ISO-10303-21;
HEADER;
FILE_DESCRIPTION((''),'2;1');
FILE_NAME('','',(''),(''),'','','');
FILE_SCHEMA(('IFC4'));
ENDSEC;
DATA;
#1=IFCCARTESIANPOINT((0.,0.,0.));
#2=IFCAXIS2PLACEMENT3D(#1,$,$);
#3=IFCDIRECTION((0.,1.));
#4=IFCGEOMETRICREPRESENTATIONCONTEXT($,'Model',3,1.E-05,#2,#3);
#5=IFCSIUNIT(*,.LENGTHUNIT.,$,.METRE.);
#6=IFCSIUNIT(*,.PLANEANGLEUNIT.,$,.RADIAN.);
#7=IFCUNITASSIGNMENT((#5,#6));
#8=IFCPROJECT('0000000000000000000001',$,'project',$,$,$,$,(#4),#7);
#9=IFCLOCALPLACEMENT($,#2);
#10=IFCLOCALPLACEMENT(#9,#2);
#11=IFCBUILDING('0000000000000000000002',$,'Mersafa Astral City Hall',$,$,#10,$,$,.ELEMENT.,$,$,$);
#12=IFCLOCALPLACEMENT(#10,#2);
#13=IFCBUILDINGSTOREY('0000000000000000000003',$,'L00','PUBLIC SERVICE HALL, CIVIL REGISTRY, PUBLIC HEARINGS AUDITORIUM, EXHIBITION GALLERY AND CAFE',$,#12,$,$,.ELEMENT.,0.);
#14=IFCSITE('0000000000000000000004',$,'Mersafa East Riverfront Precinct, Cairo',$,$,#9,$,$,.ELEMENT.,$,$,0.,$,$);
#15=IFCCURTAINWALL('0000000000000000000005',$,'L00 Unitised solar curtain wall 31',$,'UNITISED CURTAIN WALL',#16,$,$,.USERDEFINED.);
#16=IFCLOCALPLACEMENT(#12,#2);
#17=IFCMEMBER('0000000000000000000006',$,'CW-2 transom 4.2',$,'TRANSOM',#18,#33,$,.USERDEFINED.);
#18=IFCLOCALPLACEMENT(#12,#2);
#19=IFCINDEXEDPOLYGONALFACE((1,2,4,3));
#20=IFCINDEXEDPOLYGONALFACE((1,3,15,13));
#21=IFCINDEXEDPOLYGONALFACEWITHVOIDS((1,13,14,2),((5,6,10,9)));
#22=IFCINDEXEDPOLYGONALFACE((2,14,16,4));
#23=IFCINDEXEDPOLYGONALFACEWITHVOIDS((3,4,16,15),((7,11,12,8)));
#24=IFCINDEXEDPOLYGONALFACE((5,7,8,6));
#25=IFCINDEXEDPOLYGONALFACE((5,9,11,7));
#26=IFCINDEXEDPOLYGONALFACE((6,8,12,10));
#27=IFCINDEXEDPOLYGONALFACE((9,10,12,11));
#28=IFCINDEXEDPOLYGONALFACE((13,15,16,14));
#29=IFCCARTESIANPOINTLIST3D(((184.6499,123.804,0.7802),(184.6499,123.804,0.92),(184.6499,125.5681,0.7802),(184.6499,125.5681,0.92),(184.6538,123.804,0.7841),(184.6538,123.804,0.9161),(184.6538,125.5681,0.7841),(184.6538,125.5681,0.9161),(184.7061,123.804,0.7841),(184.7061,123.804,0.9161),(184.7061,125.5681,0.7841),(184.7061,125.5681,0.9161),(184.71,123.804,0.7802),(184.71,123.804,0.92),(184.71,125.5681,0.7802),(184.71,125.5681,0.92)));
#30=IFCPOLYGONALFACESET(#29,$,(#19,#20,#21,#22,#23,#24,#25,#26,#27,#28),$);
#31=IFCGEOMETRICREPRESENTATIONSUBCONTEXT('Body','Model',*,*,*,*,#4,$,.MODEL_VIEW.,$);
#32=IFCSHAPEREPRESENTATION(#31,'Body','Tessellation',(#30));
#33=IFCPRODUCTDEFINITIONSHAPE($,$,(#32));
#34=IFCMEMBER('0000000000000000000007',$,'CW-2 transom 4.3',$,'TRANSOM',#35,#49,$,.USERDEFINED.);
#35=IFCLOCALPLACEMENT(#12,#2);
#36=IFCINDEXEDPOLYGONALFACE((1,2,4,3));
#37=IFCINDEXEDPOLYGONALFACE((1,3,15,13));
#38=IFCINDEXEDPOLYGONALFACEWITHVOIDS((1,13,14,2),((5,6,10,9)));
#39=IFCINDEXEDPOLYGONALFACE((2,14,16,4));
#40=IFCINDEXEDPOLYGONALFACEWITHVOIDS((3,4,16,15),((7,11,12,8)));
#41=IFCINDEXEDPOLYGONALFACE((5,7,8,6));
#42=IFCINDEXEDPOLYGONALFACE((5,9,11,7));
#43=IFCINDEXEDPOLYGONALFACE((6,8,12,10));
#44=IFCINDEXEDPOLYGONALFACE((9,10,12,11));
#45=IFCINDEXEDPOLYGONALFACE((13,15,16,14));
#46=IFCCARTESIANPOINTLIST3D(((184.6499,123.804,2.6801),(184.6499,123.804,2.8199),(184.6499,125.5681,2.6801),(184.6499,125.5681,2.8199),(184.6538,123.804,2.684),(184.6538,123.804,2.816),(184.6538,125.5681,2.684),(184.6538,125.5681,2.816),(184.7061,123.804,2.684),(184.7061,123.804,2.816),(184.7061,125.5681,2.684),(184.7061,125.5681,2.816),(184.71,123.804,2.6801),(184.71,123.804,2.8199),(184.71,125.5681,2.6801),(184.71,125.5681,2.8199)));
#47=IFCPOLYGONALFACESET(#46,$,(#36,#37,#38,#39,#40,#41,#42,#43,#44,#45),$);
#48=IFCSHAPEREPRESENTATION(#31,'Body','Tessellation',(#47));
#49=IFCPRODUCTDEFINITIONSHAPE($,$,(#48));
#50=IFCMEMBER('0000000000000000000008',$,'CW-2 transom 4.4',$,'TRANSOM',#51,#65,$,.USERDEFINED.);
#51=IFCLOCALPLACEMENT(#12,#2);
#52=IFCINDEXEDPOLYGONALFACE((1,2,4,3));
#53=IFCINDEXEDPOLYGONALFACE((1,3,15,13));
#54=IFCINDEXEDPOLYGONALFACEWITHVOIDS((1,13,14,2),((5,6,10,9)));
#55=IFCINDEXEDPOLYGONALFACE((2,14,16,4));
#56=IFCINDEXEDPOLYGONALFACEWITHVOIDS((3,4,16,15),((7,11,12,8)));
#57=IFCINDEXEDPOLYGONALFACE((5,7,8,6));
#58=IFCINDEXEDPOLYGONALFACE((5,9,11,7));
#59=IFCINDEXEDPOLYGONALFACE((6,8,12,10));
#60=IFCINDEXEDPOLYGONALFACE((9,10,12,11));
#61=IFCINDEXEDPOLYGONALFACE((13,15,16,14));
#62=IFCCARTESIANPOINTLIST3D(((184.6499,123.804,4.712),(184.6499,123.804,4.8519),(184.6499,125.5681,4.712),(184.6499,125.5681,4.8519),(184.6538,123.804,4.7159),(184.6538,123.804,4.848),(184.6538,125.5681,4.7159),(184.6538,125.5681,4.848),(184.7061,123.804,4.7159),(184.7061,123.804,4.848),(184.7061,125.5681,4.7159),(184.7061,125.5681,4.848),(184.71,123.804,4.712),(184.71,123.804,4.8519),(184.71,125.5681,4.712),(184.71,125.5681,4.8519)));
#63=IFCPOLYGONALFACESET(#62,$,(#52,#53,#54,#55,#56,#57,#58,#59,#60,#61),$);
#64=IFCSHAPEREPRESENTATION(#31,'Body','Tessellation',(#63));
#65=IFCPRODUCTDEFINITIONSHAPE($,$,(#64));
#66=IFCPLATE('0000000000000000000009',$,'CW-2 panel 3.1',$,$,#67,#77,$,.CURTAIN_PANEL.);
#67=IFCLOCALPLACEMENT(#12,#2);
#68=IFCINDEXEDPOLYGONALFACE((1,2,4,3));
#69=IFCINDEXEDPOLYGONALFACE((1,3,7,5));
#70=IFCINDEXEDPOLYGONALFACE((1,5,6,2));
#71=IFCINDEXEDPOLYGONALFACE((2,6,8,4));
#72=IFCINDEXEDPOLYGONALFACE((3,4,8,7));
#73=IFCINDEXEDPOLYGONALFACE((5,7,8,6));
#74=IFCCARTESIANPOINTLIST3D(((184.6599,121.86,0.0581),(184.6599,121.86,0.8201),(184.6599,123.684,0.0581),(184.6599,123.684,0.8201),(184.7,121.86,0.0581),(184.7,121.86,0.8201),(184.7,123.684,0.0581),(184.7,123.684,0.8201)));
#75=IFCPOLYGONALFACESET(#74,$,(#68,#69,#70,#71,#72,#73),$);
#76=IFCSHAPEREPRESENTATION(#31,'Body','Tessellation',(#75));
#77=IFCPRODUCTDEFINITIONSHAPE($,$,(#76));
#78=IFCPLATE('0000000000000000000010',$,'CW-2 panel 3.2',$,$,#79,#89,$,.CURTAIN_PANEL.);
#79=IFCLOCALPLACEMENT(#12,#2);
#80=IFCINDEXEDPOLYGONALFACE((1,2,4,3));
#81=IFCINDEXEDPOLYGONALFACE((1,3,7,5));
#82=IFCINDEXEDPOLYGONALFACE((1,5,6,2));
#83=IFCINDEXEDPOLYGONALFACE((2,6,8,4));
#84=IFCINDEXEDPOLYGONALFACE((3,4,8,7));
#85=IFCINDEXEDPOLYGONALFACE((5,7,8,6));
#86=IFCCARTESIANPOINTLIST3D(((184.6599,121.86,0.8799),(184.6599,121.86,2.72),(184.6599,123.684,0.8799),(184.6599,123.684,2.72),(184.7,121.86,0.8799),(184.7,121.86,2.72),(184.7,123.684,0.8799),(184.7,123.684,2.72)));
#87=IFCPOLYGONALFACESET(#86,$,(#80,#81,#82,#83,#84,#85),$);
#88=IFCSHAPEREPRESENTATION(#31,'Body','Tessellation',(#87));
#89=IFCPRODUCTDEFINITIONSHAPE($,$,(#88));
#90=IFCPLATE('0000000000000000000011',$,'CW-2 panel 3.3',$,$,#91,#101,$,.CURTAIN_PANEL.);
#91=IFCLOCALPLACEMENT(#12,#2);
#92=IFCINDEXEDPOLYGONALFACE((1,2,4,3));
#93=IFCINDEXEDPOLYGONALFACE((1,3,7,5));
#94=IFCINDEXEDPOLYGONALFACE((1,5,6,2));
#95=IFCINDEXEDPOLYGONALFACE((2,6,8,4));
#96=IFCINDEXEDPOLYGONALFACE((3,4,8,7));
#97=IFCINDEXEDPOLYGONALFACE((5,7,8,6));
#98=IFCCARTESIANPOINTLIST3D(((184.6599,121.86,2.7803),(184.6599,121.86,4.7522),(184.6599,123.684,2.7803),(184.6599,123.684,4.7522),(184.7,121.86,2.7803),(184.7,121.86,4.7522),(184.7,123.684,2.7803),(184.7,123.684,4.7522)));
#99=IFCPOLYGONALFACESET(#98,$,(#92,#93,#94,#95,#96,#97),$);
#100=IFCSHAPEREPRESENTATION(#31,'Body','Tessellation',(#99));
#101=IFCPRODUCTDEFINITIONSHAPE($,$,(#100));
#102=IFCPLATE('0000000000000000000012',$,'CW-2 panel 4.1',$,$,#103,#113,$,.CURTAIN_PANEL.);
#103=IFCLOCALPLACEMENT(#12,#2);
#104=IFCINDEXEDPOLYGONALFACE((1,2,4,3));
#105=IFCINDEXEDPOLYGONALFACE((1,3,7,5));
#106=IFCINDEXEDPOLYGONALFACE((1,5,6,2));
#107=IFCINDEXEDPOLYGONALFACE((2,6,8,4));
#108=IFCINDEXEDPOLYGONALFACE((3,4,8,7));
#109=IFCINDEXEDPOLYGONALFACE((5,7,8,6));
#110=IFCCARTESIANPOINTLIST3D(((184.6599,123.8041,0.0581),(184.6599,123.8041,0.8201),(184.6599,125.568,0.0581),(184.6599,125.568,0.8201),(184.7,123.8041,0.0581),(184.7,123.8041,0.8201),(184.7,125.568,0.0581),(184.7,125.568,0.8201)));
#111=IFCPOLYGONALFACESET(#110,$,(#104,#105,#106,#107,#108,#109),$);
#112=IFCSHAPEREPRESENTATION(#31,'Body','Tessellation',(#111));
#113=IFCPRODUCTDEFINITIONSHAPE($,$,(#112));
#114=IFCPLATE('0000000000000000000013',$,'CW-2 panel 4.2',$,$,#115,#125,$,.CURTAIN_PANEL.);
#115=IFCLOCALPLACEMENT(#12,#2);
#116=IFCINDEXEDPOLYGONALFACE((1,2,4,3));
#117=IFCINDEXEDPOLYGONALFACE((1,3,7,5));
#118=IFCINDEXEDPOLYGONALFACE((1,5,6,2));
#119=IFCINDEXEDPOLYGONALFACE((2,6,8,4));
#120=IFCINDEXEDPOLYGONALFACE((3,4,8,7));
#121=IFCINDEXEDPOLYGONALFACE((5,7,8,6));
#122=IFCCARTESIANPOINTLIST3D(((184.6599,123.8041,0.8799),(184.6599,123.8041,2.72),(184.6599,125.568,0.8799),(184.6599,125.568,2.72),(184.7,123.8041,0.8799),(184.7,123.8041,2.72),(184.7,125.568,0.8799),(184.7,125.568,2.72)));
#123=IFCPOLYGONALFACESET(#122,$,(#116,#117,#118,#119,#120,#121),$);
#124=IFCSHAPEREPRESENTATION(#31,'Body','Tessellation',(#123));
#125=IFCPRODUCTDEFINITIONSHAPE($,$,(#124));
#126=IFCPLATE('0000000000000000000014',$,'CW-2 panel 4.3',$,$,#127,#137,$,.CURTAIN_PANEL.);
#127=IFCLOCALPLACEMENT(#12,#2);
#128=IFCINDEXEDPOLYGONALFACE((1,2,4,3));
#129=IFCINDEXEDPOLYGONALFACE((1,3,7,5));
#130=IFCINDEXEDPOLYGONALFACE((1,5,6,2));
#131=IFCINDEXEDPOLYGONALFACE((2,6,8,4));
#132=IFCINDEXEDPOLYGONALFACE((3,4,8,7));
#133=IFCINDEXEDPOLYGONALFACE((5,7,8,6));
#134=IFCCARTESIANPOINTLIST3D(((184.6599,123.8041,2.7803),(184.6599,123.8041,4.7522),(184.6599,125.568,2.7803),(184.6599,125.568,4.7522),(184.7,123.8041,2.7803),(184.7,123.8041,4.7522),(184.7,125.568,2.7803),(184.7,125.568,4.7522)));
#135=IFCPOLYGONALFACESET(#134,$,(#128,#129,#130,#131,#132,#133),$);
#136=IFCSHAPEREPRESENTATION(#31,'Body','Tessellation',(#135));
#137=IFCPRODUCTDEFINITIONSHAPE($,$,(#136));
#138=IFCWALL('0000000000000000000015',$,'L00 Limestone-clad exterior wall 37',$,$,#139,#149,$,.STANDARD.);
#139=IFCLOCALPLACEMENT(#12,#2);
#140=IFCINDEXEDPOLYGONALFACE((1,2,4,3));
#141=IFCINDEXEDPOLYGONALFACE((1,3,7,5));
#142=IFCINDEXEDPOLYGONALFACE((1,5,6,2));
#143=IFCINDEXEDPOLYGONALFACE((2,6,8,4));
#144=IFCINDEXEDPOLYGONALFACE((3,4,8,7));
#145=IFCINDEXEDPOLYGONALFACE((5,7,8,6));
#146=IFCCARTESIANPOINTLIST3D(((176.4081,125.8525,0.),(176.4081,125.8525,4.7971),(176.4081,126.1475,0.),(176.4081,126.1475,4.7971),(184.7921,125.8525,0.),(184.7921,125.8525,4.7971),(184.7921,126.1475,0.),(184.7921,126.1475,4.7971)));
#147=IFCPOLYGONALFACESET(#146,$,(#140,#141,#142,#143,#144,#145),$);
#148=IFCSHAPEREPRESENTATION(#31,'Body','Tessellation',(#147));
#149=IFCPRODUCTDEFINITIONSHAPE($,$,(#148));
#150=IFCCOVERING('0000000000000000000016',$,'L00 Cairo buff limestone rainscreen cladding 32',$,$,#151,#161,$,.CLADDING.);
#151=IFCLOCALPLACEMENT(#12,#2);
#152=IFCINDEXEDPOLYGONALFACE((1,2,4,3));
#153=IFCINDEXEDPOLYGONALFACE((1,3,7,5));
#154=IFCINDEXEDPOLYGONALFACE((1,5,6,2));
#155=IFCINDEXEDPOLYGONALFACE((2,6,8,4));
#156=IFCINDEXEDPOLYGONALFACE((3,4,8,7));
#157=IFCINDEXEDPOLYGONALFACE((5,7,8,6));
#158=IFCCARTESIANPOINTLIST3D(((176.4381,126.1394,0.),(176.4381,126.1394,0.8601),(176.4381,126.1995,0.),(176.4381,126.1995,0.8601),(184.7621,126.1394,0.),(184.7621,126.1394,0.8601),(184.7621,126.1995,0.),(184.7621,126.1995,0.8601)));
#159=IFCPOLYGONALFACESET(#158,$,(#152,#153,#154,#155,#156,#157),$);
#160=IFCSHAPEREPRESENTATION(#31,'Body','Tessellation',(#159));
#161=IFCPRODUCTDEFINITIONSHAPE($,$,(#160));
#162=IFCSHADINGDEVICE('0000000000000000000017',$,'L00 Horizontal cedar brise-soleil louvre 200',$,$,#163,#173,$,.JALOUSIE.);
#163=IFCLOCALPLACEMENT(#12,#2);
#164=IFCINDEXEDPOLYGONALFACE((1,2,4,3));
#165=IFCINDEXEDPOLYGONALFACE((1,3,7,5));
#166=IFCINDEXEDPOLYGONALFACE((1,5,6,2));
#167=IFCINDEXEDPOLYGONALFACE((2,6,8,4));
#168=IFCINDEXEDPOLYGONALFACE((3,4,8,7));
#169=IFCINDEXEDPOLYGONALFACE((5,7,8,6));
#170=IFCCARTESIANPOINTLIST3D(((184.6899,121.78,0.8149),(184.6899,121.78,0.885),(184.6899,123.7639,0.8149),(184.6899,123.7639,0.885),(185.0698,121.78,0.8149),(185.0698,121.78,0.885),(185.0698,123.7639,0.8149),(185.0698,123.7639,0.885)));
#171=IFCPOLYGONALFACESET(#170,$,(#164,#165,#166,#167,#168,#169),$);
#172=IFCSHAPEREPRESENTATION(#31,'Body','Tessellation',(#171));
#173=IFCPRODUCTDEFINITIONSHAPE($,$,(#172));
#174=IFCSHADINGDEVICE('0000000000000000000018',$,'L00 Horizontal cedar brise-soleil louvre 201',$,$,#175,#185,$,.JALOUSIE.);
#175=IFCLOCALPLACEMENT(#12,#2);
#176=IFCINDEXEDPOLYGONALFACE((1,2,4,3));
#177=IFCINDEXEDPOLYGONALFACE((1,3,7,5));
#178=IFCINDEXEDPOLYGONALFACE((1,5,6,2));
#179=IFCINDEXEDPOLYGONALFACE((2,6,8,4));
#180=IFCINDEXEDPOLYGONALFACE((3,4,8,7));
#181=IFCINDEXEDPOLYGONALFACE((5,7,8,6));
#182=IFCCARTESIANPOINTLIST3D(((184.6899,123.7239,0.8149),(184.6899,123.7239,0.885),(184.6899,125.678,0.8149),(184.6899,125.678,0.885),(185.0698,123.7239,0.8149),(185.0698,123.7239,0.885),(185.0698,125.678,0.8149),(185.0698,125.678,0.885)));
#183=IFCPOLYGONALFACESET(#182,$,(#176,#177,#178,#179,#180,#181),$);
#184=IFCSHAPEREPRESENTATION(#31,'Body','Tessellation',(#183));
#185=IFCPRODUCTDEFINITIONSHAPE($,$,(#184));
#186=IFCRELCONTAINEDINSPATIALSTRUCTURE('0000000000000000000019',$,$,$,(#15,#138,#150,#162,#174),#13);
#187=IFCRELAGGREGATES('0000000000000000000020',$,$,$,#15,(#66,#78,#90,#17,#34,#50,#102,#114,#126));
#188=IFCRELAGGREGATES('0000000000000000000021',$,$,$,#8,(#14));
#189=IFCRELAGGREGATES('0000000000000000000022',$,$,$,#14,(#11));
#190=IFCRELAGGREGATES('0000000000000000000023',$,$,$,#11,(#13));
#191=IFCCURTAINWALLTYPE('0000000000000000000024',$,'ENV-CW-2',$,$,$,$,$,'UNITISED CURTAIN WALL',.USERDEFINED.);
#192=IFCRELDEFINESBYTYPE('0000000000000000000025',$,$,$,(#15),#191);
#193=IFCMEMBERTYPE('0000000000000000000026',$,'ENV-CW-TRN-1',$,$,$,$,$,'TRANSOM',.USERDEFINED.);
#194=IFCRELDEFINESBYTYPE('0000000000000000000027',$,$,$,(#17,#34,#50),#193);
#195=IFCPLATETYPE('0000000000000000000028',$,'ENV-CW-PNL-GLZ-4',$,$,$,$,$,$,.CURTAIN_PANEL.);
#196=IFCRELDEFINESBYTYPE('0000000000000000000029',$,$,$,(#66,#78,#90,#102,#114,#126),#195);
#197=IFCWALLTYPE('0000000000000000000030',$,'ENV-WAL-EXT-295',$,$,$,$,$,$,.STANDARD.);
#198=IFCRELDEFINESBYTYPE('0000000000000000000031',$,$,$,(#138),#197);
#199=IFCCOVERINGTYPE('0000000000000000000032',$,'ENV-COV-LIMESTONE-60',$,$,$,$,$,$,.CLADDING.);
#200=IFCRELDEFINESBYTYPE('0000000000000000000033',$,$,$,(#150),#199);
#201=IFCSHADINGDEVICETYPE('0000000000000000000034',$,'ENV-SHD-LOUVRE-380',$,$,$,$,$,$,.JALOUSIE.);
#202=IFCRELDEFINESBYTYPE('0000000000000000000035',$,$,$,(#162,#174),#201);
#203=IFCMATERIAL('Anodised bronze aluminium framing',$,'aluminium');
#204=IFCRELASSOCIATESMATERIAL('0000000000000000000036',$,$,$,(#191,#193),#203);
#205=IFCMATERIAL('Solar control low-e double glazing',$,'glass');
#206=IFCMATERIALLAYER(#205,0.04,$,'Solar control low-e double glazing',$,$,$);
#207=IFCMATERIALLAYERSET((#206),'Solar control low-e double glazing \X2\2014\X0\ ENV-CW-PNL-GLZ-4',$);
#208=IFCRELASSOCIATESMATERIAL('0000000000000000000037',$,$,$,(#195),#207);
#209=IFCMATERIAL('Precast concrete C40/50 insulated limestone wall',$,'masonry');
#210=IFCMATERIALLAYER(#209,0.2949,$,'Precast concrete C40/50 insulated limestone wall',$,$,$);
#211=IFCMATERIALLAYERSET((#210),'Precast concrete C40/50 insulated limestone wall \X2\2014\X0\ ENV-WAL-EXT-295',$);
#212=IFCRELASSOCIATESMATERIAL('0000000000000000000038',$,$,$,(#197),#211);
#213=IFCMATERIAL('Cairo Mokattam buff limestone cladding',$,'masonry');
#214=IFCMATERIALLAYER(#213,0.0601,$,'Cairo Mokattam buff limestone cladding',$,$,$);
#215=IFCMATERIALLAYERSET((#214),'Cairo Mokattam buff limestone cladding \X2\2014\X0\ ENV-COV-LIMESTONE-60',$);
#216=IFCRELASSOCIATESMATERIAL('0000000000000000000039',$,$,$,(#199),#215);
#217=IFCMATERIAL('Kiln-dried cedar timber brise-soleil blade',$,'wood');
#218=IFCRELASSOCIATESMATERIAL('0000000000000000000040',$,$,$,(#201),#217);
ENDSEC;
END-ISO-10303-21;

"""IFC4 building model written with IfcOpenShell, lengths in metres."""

from ifc_helpers import new_model, si_unit, direction, frame, frame_2d, origin, origin_2d, place, context, subcontext, project, spatial, rectangle, hollow_rectangle, extrude, material, layer, layer_set, material_profile, profile_set, type_object, element, aggregate, save


model = new_model("IFC4")

# Units and contexts
model_context = context("Model", 3, precision=1e-05, world=origin(), true_north=direction((0.0, 1.0)))
body_context = subcontext(model_context, "Body", "Model", "MODEL_VIEW")
ifc_project = project(units=[si_unit("LENGTHUNIT", "METRE"), si_unit("PLANEANGLEUNIT", "RADIAN")], contexts=[model_context])

# Site, building, storey
site_placement = place(None, origin())
site = spatial("IfcSite", under=ifc_project, at=site_placement, Name="Mersafa East Riverfront Precinct, Cairo", CompositionType="ELEMENT", RefElevation=0.0)
building_placement = place(site_placement, origin())
building = spatial("IfcBuilding", under=site, at=building_placement, Name="Mersafa Astral City Hall", CompositionType="ELEMENT")
storey_placement = place(building_placement, origin())
storey = spatial("IfcBuildingStorey", under=building, at=storey_placement, Name="L00", Description="PUBLIC SERVICE HALL, CIVIL REGISTRY, PUBLIC HEARINGS AUDITORIUM, EXHIBITION GALLERY AND CAFE", CompositionType="ELEMENT", Elevation=0.0)

# Curtain wall, members, plates
ifc_material_1 = material(Name="Anodised bronze aluminium framing", Category="aluminium")
curtain_wall_type = type_object("IfcCurtainWallType", Name="ENV-CW-2", ElementType="UNITISED CURTAIN WALL", PredefinedType="USERDEFINED", material=ifc_material_1)
curtain_wall_placement = place(storey_placement, origin())
curtain_wall = element("IfcCurtainWall", 1, at=curtain_wall_placement, inside=storey, type_object=curtain_wall_type, Name="L00 Unitised solar curtain wall 31", ObjectType="UNITISED CURTAIN WALL", PredefinedType="USERDEFINED")
ifc_material_profile_1 = material_profile(ifc_material_1, hollow_rectangle(XDim=0.0601, YDim=0.1399, WallThickness=0.0039, at=origin_2d()), Name="RHS 60x140x4")
ifc_profile_set_1 = profile_set([ifc_material_profile_1], Name="Anodised bronze aluminium framing")
member_type_1 = type_object("IfcMemberType", Name="ENV-CW-TRN-1", ElementType="TRANSOM", PredefinedType="USERDEFINED", material=ifc_profile_set_1)
member_1_placement = place(storey_placement, frame((184.6799, 123.804, 0.8501), z_axis=(0.0, 1.0, 0.0), x_axis=(-1.0, 0.0, 0.0)))
member_1 = element("IfcMember", 2, at=member_1_placement, type_object=member_type_1, Name="CW-2 transom 4.2", ObjectType="TRANSOM", PredefinedType="USERDEFINED", context=body_context, shape_type="SweptSolid", body=[
    extrude(hollow_rectangle(XDim=0.0601, YDim=0.1399, WallThickness=0.0039, at=origin_2d()), origin(), (0.0, 0.0, 1.0), 1.7642),
])
member_2_placement = place(storey_placement, frame((184.6799, 123.804, 2.75), z_axis=(0.0, 1.0, 0.0), x_axis=(-1.0, 0.0, 0.0)))
member_2 = element("IfcMember", 3, at=member_2_placement, type_object=member_type_1, Name="CW-2 transom 4.3", ObjectType="TRANSOM", PredefinedType="USERDEFINED", context=body_context, shape_type="SweptSolid", body=[
    extrude(hollow_rectangle(XDim=0.0601, YDim=0.1399, WallThickness=0.0039, at=origin_2d()), origin(), (0.0, 0.0, 1.0), 1.7642),
])
member_3_placement = place(storey_placement, frame((184.6799, 123.804, 4.782), z_axis=(0.0, 1.0, 0.0), x_axis=(-1.0, 0.0, 0.0)))
member_3 = element("IfcMember", 4, at=member_3_placement, type_object=member_type_1, Name="CW-2 transom 4.4", ObjectType="TRANSOM", PredefinedType="USERDEFINED", context=body_context, shape_type="SweptSolid", body=[
    extrude(hollow_rectangle(XDim=0.0601, YDim=0.1399, WallThickness=0.0039, at=origin_2d()), origin(), (0.0, 0.0, 1.0), 1.7642),
])
ifc_material_2 = material(Name="Solar control low-e double glazing", Category="glass")
ifc_layer_1 = layer(ifc_material_2, 0.04, Name="Solar control low-e double glazing")
ifc_layer_set_1 = layer_set([ifc_layer_1], Name="Solar control low-e double glazing — ENV-CW-PNL-GLZ-4")
plate_type = type_object("IfcPlateType", Name="ENV-CW-PNL-GLZ-4", PredefinedType="CURTAIN_PANEL", material=ifc_layer_set_1)
plate_1_placement = place(storey_placement, frame((184.6799, 122.772, 0.0581), z_axis=(0.0, 0.0, 1.0), x_axis=(0.0, 1.0, 0.0)))
plate_1 = element("IfcPlate", 5, at=plate_1_placement, type_object=plate_type, Name="CW-2 panel 3.1", PredefinedType="CURTAIN_PANEL", context=body_context, shape_type="SweptSolid", body=[
    extrude(rectangle(XDim=1.824, YDim=0.04, at=origin_2d()), origin(), (0.0, 0.0, 1.0), 0.762),
])
plate_2_placement = place(storey_placement, frame((184.6799, 122.772, 0.8799), z_axis=(0.0, 0.0, 1.0), x_axis=(0.0, 1.0, 0.0)))
plate_2 = element("IfcPlate", 6, at=plate_2_placement, type_object=plate_type, Name="CW-2 panel 3.2", PredefinedType="CURTAIN_PANEL", context=body_context, shape_type="SweptSolid", body=[
    extrude(rectangle(XDim=1.824, YDim=0.04, at=origin_2d()), origin(), (0.0, 0.0, 1.0), 1.8401),
])
plate_3_placement = place(storey_placement, frame((184.6799, 122.772, 2.7803), z_axis=(0.0, 0.0, 1.0), x_axis=(0.0, 1.0, 0.0)))
plate_3 = element("IfcPlate", 7, at=plate_3_placement, type_object=plate_type, Name="CW-2 panel 3.3", PredefinedType="CURTAIN_PANEL", context=body_context, shape_type="SweptSolid", body=[
    extrude(rectangle(XDim=1.824, YDim=0.04, at=origin_2d()), origin(), (0.0, 0.0, 1.0), 1.9719),
])
plate_4_placement = place(storey_placement, frame((184.6799, 124.686, 0.0581), z_axis=(0.0, 0.0, 1.0), x_axis=(0.0, 1.0, 0.0)))
plate_4 = element("IfcPlate", 8, at=plate_4_placement, type_object=plate_type, Name="CW-2 panel 4.1", PredefinedType="CURTAIN_PANEL", context=body_context, shape_type="SweptSolid", body=[
    extrude(rectangle(XDim=1.7639, YDim=0.04, at=origin_2d()), origin(), (0.0, 0.0, 1.0), 0.762),
])
plate_5_placement = place(storey_placement, frame((184.6799, 124.686, 0.8799), z_axis=(0.0, 0.0, 1.0), x_axis=(0.0, 1.0, 0.0)))
plate_5 = element("IfcPlate", 9, at=plate_5_placement, type_object=plate_type, Name="CW-2 panel 4.2", PredefinedType="CURTAIN_PANEL", context=body_context, shape_type="SweptSolid", body=[
    extrude(rectangle(XDim=1.7639, YDim=0.04, at=origin_2d()), origin(), (0.0, 0.0, 1.0), 1.8401),
])
plate_6_placement = place(storey_placement, frame((184.6799, 124.686, 2.7803), z_axis=(0.0, 0.0, 1.0), x_axis=(0.0, 1.0, 0.0)))
plate_6 = element("IfcPlate", 10, at=plate_6_placement, type_object=plate_type, Name="CW-2 panel 4.3", PredefinedType="CURTAIN_PANEL", context=body_context, shape_type="SweptSolid", body=[
    extrude(rectangle(XDim=1.7639, YDim=0.04, at=origin_2d()), origin(), (0.0, 0.0, 1.0), 1.9719),
])
aggregate(curtain_wall, [plate_1, plate_2, plate_3, member_1, member_2, member_3, plate_4, plate_5, plate_6])

# Wall
ifc_material_3 = material(Name="Precast concrete C40/50 insulated limestone wall", Category="masonry")
ifc_layer_2 = layer(ifc_material_3, 0.2949, Name="Precast concrete C40/50 insulated limestone wall")
ifc_layer_set_2 = layer_set([ifc_layer_2], Name="Precast concrete C40/50 insulated limestone wall — ENV-WAL-EXT-295")
wall_type = type_object("IfcWallType", Name="ENV-WAL-EXT-295", PredefinedType="STANDARD", material=ifc_layer_set_2)
wall_placement = place(storey_placement, frame((184.792, 126.0, 0.0), z_axis=(0.0, 0.0, 1.0), x_axis=(-1.0, 0.0, 0.0)))
element("IfcWall", 11, at=wall_placement, inside=storey, type_object=wall_type, Name="L00 Limestone-clad exterior wall 37", PredefinedType="STANDARD", context=body_context, shape_type="SweptSolid", body=[
    extrude(rectangle(XDim=8.384, YDim=0.2949, at=frame_2d((4.1919, 0.0))), origin(), (0.0, 0.0, 1.0), 4.7971),
])

# Covering
ifc_material_4 = material(Name="Cairo Mokattam buff limestone cladding", Category="masonry")
ifc_layer_3 = layer(ifc_material_4, 0.0601, Name="Cairo Mokattam buff limestone cladding")
ifc_layer_set_3 = layer_set([ifc_layer_3], Name="Cairo Mokattam buff limestone cladding — ENV-COV-LIMESTONE-60")
covering_type = type_object("IfcCoveringType", Name="ENV-COV-LIMESTONE-60", PredefinedType="CLADDING", material=ifc_layer_set_3)
covering_placement = place(storey_placement, frame((180.6001, 126.1694, 0.0), z_axis=(0.0, 0.0, 1.0), x_axis=(-1.0, 0.0, 0.0)))
element("IfcCovering", 12, at=covering_placement, inside=storey, type_object=covering_type, Name="L00 Cairo buff limestone rainscreen cladding 32", PredefinedType="CLADDING", context=body_context, shape_type="SweptSolid", body=[
    extrude(rectangle(XDim=8.324, YDim=0.0601, at=origin_2d()), origin(), (0.0, 0.0, 1.0), 0.8601),
])

# Shading devices
ifc_material_5 = material(Name="Kiln-dried cedar timber brise-soleil blade", Category="wood")
shading_device_type = type_object("IfcShadingDeviceType", Name="ENV-SHD-LOUVRE-380", PredefinedType="JALOUSIE", material=ifc_material_5)
shading_device_1_placement = place(storey_placement, frame((184.8799, 122.772, 0.8149), z_axis=(0.0, 0.0, 1.0), x_axis=(0.0, 1.0, 0.0)))
element("IfcShadingDevice", 13, at=shading_device_1_placement, inside=storey, type_object=shading_device_type, Name="L00 Horizontal cedar brise-soleil louvre 200", PredefinedType="JALOUSIE", context=body_context, shape_type="SweptSolid", body=[
    extrude(rectangle(XDim=1.9839, YDim=0.3799, at=origin_2d()), origin(), (0.0, 0.0, 1.0), 0.0701),
])
shading_device_2_placement = place(storey_placement, frame((184.8799, 124.7009, 0.8149), z_axis=(0.0, 0.0, 1.0), x_axis=(0.0, 1.0, 0.0)))
element("IfcShadingDevice", 14, at=shading_device_2_placement, inside=storey, type_object=shading_device_type, Name="L00 Horizontal cedar brise-soleil louvre 201", PredefinedType="JALOUSIE", context=body_context, shape_type="SweptSolid", body=[
    extrude(rectangle(XDim=1.9541, YDim=0.3799, at=origin_2d()), origin(), (0.0, 0.0, 1.0), 0.0701),
])

save(model, "model.ifc")
